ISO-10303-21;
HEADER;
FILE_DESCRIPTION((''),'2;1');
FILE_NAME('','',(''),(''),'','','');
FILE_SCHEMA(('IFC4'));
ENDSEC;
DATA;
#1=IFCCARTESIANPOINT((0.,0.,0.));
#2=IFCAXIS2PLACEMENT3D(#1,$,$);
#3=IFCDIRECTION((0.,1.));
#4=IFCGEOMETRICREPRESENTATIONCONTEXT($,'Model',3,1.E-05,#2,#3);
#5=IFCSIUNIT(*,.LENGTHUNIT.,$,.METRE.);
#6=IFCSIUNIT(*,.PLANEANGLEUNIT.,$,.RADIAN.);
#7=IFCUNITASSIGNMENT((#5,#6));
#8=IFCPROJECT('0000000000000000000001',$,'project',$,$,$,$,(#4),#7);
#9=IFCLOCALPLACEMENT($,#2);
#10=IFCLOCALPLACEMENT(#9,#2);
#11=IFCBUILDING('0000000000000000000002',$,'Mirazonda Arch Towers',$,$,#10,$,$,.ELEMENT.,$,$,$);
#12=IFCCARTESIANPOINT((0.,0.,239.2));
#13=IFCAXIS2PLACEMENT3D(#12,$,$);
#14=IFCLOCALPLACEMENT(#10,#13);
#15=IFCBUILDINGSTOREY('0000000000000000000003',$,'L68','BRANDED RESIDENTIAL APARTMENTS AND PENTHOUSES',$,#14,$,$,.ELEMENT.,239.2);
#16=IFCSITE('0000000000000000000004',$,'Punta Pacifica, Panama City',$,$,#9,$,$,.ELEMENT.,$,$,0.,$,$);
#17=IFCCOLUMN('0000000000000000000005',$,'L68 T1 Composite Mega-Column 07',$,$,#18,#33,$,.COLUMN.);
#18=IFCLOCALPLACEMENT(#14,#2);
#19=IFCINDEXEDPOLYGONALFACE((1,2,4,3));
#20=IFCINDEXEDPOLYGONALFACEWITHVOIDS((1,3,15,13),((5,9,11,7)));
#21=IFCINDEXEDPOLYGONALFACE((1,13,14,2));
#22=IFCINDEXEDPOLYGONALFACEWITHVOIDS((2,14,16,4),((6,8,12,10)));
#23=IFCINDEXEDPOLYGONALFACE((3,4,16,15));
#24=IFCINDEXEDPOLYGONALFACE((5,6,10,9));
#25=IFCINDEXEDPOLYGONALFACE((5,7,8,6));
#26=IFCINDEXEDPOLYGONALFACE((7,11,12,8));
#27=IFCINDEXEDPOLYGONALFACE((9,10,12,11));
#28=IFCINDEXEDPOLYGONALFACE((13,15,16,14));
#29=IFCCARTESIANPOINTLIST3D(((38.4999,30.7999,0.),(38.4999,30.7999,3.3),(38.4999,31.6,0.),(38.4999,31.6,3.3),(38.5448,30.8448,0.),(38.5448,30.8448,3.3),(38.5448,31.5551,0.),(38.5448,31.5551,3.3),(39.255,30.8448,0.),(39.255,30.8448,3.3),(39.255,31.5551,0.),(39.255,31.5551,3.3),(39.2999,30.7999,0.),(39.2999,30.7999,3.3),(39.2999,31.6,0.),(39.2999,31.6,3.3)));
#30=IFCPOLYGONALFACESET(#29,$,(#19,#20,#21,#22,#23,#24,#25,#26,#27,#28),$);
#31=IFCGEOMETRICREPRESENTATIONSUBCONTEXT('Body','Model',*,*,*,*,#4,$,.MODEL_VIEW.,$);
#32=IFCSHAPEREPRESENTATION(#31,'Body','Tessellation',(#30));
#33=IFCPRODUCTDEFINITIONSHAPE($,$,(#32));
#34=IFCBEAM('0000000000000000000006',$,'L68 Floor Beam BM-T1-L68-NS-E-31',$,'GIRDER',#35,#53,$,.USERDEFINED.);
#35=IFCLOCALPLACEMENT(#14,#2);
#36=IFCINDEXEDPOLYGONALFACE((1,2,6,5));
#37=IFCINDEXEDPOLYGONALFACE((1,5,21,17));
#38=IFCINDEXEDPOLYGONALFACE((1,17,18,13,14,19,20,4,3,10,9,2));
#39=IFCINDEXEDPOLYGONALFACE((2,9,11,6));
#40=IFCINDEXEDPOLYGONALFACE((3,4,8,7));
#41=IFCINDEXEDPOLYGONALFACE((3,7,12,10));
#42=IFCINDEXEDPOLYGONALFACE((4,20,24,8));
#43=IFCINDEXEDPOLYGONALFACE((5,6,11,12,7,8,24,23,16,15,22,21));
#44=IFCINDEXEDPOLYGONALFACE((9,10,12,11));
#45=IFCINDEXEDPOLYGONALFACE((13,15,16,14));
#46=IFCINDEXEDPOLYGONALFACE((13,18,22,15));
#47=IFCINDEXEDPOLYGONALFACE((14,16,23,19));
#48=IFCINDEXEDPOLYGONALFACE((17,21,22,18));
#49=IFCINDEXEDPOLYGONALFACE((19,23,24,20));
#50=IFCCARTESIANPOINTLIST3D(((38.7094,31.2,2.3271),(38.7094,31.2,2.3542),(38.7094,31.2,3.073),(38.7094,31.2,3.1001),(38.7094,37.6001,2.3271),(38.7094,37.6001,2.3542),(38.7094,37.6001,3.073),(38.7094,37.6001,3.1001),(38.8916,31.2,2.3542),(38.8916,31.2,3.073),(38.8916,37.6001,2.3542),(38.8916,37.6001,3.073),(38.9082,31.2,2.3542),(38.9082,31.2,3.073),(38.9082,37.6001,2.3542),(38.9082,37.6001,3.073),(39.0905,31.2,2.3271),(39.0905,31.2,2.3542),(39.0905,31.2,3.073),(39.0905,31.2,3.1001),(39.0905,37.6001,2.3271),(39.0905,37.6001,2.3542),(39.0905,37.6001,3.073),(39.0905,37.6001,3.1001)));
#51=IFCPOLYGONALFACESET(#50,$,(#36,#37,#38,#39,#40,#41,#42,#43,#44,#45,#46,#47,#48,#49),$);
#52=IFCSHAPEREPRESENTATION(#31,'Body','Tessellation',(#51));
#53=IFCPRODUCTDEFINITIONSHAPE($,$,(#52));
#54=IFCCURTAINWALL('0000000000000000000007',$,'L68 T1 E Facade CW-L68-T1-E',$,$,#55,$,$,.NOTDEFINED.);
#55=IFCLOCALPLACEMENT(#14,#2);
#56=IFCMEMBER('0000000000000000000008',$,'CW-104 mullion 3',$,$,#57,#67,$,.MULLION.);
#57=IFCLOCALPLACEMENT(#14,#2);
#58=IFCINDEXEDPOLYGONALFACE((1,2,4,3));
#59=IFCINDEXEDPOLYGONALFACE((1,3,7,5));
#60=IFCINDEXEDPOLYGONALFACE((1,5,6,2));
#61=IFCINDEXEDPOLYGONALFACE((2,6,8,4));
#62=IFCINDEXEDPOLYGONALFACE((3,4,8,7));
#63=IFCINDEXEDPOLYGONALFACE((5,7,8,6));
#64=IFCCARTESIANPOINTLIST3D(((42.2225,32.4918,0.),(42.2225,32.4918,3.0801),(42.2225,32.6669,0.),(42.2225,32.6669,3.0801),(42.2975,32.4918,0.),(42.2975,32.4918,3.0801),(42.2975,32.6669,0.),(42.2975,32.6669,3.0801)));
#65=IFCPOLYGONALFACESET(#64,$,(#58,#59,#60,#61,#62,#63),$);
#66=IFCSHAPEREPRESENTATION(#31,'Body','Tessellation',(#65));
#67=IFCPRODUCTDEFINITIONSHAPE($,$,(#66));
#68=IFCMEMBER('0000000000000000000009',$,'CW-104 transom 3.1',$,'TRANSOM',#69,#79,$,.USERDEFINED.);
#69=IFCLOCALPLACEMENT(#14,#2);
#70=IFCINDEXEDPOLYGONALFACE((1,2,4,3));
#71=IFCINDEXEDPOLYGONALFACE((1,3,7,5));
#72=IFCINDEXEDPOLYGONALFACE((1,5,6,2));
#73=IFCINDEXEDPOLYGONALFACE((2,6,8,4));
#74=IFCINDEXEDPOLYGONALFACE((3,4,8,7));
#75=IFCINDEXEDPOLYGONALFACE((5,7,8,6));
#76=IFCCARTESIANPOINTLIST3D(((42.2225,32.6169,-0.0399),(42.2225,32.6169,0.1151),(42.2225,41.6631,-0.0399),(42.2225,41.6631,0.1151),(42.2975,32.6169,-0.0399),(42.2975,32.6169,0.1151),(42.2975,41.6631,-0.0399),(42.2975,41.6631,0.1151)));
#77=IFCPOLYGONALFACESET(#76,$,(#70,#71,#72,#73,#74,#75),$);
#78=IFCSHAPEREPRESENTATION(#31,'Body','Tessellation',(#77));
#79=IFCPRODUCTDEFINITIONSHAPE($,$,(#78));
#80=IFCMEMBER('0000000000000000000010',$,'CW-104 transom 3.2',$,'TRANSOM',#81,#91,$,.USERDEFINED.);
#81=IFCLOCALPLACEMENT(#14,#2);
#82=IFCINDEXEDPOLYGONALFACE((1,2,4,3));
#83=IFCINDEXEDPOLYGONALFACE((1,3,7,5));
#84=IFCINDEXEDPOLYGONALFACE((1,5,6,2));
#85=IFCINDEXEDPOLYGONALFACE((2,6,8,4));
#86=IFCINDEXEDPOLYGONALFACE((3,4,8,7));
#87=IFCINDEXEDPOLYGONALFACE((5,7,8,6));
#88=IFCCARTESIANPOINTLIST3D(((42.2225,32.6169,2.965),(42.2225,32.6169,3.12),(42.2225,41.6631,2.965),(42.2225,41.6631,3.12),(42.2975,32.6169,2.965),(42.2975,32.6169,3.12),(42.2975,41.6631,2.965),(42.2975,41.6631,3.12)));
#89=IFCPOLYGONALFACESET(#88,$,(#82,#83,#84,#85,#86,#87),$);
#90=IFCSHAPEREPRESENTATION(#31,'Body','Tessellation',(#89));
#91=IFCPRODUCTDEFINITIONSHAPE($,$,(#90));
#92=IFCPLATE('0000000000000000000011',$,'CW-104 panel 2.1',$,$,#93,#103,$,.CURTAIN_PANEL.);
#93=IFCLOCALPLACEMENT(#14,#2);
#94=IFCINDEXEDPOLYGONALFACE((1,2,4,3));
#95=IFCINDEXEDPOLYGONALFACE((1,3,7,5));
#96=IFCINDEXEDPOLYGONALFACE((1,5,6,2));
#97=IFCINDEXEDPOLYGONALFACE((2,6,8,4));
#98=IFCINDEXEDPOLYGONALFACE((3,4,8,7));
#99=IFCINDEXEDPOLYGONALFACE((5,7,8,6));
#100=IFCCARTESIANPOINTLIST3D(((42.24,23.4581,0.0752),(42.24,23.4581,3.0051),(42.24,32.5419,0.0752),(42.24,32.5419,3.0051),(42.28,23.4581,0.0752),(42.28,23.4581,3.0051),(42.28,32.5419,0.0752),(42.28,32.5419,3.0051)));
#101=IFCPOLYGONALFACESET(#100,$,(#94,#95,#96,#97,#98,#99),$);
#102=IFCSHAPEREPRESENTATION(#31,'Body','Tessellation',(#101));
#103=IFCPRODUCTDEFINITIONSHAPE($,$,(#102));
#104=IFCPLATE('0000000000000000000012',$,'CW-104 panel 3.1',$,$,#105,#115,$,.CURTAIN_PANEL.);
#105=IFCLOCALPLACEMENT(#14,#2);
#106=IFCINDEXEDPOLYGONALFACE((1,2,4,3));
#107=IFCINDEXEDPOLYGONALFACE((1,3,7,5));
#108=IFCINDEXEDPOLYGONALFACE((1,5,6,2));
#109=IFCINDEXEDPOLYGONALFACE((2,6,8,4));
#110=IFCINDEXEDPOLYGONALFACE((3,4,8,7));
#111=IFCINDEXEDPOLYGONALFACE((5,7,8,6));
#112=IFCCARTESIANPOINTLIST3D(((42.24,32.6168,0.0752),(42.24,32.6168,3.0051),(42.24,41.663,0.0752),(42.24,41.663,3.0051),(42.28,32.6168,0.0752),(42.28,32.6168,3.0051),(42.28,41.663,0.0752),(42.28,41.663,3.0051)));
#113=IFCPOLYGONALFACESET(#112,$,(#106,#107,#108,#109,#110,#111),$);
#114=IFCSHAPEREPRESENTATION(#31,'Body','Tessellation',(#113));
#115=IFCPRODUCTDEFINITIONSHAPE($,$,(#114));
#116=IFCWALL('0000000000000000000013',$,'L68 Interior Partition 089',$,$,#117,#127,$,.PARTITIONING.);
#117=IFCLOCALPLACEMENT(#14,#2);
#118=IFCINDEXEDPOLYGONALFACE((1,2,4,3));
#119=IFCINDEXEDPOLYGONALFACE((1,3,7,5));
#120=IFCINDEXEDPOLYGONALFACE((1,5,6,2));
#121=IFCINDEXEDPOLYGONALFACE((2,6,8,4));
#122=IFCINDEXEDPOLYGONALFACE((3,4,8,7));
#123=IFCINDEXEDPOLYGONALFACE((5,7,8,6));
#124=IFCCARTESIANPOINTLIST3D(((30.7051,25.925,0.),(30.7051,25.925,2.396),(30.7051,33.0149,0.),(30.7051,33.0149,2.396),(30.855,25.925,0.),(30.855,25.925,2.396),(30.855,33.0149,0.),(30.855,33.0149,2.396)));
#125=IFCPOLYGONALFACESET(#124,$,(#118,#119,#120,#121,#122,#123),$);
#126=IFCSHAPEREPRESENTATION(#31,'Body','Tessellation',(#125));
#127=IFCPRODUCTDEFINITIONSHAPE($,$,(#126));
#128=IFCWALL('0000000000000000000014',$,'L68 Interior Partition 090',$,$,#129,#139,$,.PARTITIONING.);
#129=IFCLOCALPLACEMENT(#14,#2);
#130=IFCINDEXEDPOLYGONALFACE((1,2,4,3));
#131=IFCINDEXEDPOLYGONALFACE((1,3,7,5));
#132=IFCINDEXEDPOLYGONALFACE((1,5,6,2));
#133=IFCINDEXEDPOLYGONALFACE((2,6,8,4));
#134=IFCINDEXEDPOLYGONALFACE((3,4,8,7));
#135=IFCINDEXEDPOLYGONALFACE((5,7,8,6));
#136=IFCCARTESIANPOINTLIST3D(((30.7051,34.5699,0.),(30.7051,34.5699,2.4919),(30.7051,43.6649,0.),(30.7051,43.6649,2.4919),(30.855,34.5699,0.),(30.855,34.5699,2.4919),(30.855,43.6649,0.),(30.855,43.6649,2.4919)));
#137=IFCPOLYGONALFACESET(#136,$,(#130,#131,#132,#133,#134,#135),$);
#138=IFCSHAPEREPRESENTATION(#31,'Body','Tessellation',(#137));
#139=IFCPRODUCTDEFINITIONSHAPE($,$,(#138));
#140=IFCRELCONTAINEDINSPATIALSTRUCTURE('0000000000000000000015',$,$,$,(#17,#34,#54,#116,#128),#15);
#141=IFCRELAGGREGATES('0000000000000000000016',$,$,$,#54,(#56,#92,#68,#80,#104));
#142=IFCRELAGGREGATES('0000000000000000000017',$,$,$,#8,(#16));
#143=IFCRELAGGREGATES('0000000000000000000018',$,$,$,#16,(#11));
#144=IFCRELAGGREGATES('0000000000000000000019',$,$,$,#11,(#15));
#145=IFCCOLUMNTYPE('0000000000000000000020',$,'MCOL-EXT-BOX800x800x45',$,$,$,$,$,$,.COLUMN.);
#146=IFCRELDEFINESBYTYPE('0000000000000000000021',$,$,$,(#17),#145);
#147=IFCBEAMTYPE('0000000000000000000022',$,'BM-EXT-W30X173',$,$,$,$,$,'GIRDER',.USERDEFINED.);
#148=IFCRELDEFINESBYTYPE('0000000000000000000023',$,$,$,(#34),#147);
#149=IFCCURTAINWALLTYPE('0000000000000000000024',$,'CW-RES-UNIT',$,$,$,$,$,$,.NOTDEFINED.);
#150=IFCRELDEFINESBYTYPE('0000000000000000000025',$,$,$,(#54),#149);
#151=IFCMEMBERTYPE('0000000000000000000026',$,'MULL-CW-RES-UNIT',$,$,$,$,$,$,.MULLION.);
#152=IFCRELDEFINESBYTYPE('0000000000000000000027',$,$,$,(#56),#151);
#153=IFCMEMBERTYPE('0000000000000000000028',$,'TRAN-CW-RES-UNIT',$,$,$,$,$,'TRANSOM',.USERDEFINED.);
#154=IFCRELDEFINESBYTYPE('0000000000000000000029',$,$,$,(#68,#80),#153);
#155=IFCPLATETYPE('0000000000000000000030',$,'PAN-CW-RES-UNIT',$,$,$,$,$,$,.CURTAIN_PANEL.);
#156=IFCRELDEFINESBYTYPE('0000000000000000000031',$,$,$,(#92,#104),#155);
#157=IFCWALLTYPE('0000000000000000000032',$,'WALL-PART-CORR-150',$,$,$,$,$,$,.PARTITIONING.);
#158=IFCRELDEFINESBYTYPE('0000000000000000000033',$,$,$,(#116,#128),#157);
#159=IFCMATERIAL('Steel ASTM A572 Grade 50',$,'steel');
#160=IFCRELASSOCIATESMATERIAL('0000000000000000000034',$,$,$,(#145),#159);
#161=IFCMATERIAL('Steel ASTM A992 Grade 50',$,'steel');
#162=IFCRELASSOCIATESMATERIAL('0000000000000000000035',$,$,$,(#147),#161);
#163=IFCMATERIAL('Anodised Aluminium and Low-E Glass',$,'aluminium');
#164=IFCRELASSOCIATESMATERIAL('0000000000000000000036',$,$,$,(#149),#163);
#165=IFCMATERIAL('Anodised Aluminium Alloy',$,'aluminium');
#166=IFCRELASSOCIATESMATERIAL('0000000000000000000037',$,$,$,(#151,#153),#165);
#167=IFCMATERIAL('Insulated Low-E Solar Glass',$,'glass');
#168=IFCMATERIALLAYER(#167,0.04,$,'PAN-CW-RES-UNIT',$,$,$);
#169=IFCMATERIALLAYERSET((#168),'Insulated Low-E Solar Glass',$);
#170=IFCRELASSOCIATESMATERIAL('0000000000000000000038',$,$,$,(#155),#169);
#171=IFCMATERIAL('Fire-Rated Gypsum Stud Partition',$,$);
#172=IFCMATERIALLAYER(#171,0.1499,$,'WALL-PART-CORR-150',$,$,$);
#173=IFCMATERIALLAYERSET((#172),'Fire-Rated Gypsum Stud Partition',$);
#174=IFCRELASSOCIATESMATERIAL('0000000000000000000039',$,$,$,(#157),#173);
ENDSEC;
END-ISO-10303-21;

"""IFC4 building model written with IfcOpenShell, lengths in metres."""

from ifc_helpers import new_model, si_unit, direction, frame, frame_2d, origin, origin_2d, place, context, subcontext, project, spatial, rectangle, hollow_rectangle, i_section, extrude, material, layer, layer_set, material_profile, profile_set, type_object, element, aggregate, save


model = new_model("IFC4")

# Units and contexts
model_context = context("Model", 3, precision=1e-05, world=origin(), true_north=direction((0.0, 1.0)))
body_context = subcontext(model_context, "Body", "Model", "MODEL_VIEW")
ifc_project = project(units=[si_unit("LENGTHUNIT", "METRE"), si_unit("PLANEANGLEUNIT", "RADIAN")], contexts=[model_context])

# Site, building, storey
site_placement = place(None, origin())
site = spatial("IfcSite", under=ifc_project, at=site_placement, Name="Punta Pacifica, Panama City", CompositionType="ELEMENT", RefElevation=0.0)
building_placement = place(site_placement, origin())
building = spatial("IfcBuilding", under=site, at=building_placement, Name="Mirazonda Arch Towers", CompositionType="ELEMENT")
storey_placement = place(building_placement, frame((0.0, 0.0, 239.2)))
storey = spatial("IfcBuildingStorey", under=building, at=storey_placement, Name="L68", Description="BRANDED RESIDENTIAL APARTMENTS AND PENTHOUSES", CompositionType="ELEMENT", Elevation=239.2)

# Column
ifc_material_1 = material(Name="Steel ASTM A572 Grade 50", Category="steel")
ifc_material_profile_1 = material_profile(ifc_material_1, hollow_rectangle(XDim=0.8, YDim=0.8, WallThickness=0.0449, at=origin_2d()), Name="BOX800x800x45")
ifc_profile_set_1 = profile_set([ifc_material_profile_1], Name="Steel ASTM A572 Grade 50")
column_type = type_object("IfcColumnType", Name="MCOL-EXT-BOX800x800x45", PredefinedType="COLUMN", material=ifc_profile_set_1)
column_placement = place(storey_placement, frame((38.8999, 31.2, 0.0), z_axis=(0.0, 0.0, 1.0), x_axis=(1.0, 0.0, 0.0)))
element("IfcColumn", 1, at=column_placement, inside=storey, type_object=column_type, Name="L68 T1 Composite Mega-Column 07", PredefinedType="COLUMN", context=body_context, shape_type="SweptSolid", body=[
    extrude(hollow_rectangle(XDim=0.8, YDim=0.8, WallThickness=0.0449, at=origin_2d()), origin(), (0.0, 0.0, 1.0), 3.3),
])

# Beam
ifc_material_2 = material(Name="Steel ASTM A992 Grade 50", Category="steel")
ifc_material_profile_2 = material_profile(ifc_material_2, i_section(OverallWidth=0.3811, OverallDepth=0.7729, WebThickness=0.0166, FlangeThickness=0.0271, at=origin_2d()), Name="W30X173")
ifc_profile_set_2 = profile_set([ifc_material_profile_2], Name="Steel ASTM A992 Grade 50")
beam_type = type_object("IfcBeamType", Name="BM-EXT-W30X173", ElementType="GIRDER", PredefinedType="USERDEFINED", material=ifc_profile_set_2)
beam_placement = place(storey_placement, frame((38.8999, 31.2, 2.7136), z_axis=(0.0, 1.0, 0.0), x_axis=(-1.0, 0.0, 0.0)))
element("IfcBeam", 2, at=beam_placement, inside=storey, type_object=beam_type, Name="L68 Floor Beam BM-T1-L68-NS-E-31", ObjectType="GIRDER", PredefinedType="USERDEFINED", context=body_context, shape_type="SweptSolid", body=[
    extrude(i_section(OverallWidth=0.3811, OverallDepth=0.7729, WebThickness=0.0166, FlangeThickness=0.0271, at=origin_2d()), origin(), (0.0, 0.0, 1.0), 6.4001),
])

# Curtain wall, members, plates
ifc_material_3 = material(Name="Anodised Aluminium and Low-E Glass", Category="aluminium")
curtain_wall_type = type_object("IfcCurtainWallType", Name="CW-RES-UNIT", PredefinedType="NOTDEFINED", material=ifc_material_3)
curtain_wall_placement = place(storey_placement, origin())
curtain_wall = element("IfcCurtainWall", 3, at=curtain_wall_placement, inside=storey, type_object=curtain_wall_type, Name="L68 T1 E Facade CW-L68-T1-E", PredefinedType="NOTDEFINED")
ifc_material_4 = material(Name="Anodised Aluminium Alloy", Category="aluminium")
ifc_material_profile_3 = material_profile(ifc_material_4, rectangle(XDim=0.075, YDim=0.175, at=origin_2d()), Name="ALU-MULL-75x175")
ifc_profile_set_3 = profile_set([ifc_material_profile_3], Name="Anodised Aluminium Alloy")
member_type_1 = type_object("IfcMemberType", Name="MULL-CW-RES-UNIT", PredefinedType="MULLION", material=ifc_profile_set_3)
member_1_placement = place(storey_placement, frame((42.26, 32.5793, 0.0), z_axis=(0.0, 0.0, 1.0), x_axis=(-1.0, 0.0, 0.0)))
member_1 = element("IfcMember", 4, at=member_1_placement, type_object=member_type_1, Name="CW-104 mullion 3", PredefinedType="MULLION", context=body_context, shape_type="SweptSolid", body=[
    extrude(rectangle(XDim=0.075, YDim=0.175, at=origin_2d()), origin(), (0.0, 0.0, 1.0), 3.0801),
])
ifc_material_profile_4 = material_profile(ifc_material_4, rectangle(XDim=0.075, YDim=0.155, at=origin_2d()), Name="ALU-TRAN-75x155")
ifc_profile_set_4 = profile_set([ifc_material_profile_4], Name="Anodised Aluminium Alloy")
member_type_2 = type_object("IfcMemberType", Name="TRAN-CW-RES-UNIT", ElementType="TRANSOM", PredefinedType="USERDEFINED", material=ifc_profile_set_4)
member_2_placement = place(storey_placement, frame((42.26, 32.6169, 0.0376), z_axis=(0.0, 1.0, 0.0), x_axis=(-1.0, 0.0, 0.0)))
member_2 = element("IfcMember", 5, at=member_2_placement, type_object=member_type_2, Name="CW-104 transom 3.1", ObjectType="TRANSOM", PredefinedType="USERDEFINED", context=body_context, shape_type="SweptSolid", body=[
    extrude(rectangle(XDim=0.075, YDim=0.155, at=origin_2d()), origin(), (0.0, 0.0, 1.0), 9.0461),
])
member_3_placement = place(storey_placement, frame((42.26, 32.6169, 3.0425), z_axis=(0.0, 1.0, 0.0), x_axis=(-1.0, 0.0, 0.0)))
member_3 = element("IfcMember", 6, at=member_3_placement, type_object=member_type_2, Name="CW-104 transom 3.2", ObjectType="TRANSOM", PredefinedType="USERDEFINED", context=body_context, shape_type="SweptSolid", body=[
    extrude(rectangle(XDim=0.075, YDim=0.155, at=origin_2d()), origin(), (0.0, 0.0, 1.0), 9.0461),
])
ifc_material_5 = material(Name="Insulated Low-E Solar Glass", Category="glass")
ifc_layer_1 = layer(ifc_material_5, 0.04, Name="PAN-CW-RES-UNIT")
ifc_layer_set_1 = layer_set([ifc_layer_1], Name="Insulated Low-E Solar Glass")
plate_type = type_object("IfcPlateType", Name="PAN-CW-RES-UNIT", PredefinedType="CURTAIN_PANEL", material=ifc_layer_set_1)
plate_1_placement = place(storey_placement, frame((42.26, 28.0, 0.0752), z_axis=(0.0, 0.0, 1.0), x_axis=(0.0, 1.0, 0.0)))
plate_1 = element("IfcPlate", 7, at=plate_1_placement, type_object=plate_type, Name="CW-104 panel 2.1", PredefinedType="CURTAIN_PANEL", context=body_context, shape_type="SweptSolid", body=[
    extrude(rectangle(XDim=9.0837, YDim=0.04, at=origin_2d()), origin(), (0.0, 0.0, 1.0), 2.9299),
])
plate_2_placement = place(storey_placement, frame((42.26, 37.1399, 0.0752), z_axis=(0.0, 0.0, 1.0), x_axis=(0.0, 1.0, 0.0)))
plate_2 = element("IfcPlate", 8, at=plate_2_placement, type_object=plate_type, Name="CW-104 panel 3.1", PredefinedType="CURTAIN_PANEL", context=body_context, shape_type="SweptSolid", body=[
    extrude(rectangle(XDim=9.0461, YDim=0.04, at=origin_2d()), origin(), (0.0, 0.0, 1.0), 2.9299),
])
aggregate(curtain_wall, [member_1, plate_1, member_2, member_3, plate_2])

# Walls
ifc_material_6 = material(Name="Fire-Rated Gypsum Stud Partition")
ifc_layer_2 = layer(ifc_material_6, 0.1499, Name="WALL-PART-CORR-150")
ifc_layer_set_2 = layer_set([ifc_layer_2], Name="Fire-Rated Gypsum Stud Partition")
wall_type_1 = type_object("IfcWallType", Name="WALL-PART-CORR-150", PredefinedType="PARTITIONING", material=ifc_layer_set_2)
wall_1_placement = place(storey_placement, frame((30.78, 25.925, 0.0), z_axis=(0.0, 0.0, 1.0), x_axis=(0.0, 1.0, 0.0)))
element("IfcWall", 9, at=wall_1_placement, inside=storey, type_object=wall_type_1, Name="L68 Interior Partition 089", PredefinedType="PARTITIONING", context=body_context, shape_type="SweptSolid", body=[
    extrude(rectangle(XDim=7.0898, YDim=0.1499, at=frame_2d((3.5449, 0.0))), origin(), (0.0, 0.0, 1.0), 2.396),
])
wall_2_placement = place(storey_placement, frame((30.78, 34.5701, 0.0), z_axis=(0.0, 0.0, 1.0), x_axis=(0.0, 1.0, 0.0)))
element("IfcWall", 10, at=wall_2_placement, inside=storey, type_object=wall_type_1, Name="L68 Interior Partition 090", PredefinedType="PARTITIONING", context=body_context, shape_type="SweptSolid", body=[
    extrude(rectangle(XDim=9.095, YDim=0.1499, at=frame_2d((4.5474, 0.0))), origin(), (0.0, 0.0, 1.0), 2.4919),
])

save(model, "model.ifc")
